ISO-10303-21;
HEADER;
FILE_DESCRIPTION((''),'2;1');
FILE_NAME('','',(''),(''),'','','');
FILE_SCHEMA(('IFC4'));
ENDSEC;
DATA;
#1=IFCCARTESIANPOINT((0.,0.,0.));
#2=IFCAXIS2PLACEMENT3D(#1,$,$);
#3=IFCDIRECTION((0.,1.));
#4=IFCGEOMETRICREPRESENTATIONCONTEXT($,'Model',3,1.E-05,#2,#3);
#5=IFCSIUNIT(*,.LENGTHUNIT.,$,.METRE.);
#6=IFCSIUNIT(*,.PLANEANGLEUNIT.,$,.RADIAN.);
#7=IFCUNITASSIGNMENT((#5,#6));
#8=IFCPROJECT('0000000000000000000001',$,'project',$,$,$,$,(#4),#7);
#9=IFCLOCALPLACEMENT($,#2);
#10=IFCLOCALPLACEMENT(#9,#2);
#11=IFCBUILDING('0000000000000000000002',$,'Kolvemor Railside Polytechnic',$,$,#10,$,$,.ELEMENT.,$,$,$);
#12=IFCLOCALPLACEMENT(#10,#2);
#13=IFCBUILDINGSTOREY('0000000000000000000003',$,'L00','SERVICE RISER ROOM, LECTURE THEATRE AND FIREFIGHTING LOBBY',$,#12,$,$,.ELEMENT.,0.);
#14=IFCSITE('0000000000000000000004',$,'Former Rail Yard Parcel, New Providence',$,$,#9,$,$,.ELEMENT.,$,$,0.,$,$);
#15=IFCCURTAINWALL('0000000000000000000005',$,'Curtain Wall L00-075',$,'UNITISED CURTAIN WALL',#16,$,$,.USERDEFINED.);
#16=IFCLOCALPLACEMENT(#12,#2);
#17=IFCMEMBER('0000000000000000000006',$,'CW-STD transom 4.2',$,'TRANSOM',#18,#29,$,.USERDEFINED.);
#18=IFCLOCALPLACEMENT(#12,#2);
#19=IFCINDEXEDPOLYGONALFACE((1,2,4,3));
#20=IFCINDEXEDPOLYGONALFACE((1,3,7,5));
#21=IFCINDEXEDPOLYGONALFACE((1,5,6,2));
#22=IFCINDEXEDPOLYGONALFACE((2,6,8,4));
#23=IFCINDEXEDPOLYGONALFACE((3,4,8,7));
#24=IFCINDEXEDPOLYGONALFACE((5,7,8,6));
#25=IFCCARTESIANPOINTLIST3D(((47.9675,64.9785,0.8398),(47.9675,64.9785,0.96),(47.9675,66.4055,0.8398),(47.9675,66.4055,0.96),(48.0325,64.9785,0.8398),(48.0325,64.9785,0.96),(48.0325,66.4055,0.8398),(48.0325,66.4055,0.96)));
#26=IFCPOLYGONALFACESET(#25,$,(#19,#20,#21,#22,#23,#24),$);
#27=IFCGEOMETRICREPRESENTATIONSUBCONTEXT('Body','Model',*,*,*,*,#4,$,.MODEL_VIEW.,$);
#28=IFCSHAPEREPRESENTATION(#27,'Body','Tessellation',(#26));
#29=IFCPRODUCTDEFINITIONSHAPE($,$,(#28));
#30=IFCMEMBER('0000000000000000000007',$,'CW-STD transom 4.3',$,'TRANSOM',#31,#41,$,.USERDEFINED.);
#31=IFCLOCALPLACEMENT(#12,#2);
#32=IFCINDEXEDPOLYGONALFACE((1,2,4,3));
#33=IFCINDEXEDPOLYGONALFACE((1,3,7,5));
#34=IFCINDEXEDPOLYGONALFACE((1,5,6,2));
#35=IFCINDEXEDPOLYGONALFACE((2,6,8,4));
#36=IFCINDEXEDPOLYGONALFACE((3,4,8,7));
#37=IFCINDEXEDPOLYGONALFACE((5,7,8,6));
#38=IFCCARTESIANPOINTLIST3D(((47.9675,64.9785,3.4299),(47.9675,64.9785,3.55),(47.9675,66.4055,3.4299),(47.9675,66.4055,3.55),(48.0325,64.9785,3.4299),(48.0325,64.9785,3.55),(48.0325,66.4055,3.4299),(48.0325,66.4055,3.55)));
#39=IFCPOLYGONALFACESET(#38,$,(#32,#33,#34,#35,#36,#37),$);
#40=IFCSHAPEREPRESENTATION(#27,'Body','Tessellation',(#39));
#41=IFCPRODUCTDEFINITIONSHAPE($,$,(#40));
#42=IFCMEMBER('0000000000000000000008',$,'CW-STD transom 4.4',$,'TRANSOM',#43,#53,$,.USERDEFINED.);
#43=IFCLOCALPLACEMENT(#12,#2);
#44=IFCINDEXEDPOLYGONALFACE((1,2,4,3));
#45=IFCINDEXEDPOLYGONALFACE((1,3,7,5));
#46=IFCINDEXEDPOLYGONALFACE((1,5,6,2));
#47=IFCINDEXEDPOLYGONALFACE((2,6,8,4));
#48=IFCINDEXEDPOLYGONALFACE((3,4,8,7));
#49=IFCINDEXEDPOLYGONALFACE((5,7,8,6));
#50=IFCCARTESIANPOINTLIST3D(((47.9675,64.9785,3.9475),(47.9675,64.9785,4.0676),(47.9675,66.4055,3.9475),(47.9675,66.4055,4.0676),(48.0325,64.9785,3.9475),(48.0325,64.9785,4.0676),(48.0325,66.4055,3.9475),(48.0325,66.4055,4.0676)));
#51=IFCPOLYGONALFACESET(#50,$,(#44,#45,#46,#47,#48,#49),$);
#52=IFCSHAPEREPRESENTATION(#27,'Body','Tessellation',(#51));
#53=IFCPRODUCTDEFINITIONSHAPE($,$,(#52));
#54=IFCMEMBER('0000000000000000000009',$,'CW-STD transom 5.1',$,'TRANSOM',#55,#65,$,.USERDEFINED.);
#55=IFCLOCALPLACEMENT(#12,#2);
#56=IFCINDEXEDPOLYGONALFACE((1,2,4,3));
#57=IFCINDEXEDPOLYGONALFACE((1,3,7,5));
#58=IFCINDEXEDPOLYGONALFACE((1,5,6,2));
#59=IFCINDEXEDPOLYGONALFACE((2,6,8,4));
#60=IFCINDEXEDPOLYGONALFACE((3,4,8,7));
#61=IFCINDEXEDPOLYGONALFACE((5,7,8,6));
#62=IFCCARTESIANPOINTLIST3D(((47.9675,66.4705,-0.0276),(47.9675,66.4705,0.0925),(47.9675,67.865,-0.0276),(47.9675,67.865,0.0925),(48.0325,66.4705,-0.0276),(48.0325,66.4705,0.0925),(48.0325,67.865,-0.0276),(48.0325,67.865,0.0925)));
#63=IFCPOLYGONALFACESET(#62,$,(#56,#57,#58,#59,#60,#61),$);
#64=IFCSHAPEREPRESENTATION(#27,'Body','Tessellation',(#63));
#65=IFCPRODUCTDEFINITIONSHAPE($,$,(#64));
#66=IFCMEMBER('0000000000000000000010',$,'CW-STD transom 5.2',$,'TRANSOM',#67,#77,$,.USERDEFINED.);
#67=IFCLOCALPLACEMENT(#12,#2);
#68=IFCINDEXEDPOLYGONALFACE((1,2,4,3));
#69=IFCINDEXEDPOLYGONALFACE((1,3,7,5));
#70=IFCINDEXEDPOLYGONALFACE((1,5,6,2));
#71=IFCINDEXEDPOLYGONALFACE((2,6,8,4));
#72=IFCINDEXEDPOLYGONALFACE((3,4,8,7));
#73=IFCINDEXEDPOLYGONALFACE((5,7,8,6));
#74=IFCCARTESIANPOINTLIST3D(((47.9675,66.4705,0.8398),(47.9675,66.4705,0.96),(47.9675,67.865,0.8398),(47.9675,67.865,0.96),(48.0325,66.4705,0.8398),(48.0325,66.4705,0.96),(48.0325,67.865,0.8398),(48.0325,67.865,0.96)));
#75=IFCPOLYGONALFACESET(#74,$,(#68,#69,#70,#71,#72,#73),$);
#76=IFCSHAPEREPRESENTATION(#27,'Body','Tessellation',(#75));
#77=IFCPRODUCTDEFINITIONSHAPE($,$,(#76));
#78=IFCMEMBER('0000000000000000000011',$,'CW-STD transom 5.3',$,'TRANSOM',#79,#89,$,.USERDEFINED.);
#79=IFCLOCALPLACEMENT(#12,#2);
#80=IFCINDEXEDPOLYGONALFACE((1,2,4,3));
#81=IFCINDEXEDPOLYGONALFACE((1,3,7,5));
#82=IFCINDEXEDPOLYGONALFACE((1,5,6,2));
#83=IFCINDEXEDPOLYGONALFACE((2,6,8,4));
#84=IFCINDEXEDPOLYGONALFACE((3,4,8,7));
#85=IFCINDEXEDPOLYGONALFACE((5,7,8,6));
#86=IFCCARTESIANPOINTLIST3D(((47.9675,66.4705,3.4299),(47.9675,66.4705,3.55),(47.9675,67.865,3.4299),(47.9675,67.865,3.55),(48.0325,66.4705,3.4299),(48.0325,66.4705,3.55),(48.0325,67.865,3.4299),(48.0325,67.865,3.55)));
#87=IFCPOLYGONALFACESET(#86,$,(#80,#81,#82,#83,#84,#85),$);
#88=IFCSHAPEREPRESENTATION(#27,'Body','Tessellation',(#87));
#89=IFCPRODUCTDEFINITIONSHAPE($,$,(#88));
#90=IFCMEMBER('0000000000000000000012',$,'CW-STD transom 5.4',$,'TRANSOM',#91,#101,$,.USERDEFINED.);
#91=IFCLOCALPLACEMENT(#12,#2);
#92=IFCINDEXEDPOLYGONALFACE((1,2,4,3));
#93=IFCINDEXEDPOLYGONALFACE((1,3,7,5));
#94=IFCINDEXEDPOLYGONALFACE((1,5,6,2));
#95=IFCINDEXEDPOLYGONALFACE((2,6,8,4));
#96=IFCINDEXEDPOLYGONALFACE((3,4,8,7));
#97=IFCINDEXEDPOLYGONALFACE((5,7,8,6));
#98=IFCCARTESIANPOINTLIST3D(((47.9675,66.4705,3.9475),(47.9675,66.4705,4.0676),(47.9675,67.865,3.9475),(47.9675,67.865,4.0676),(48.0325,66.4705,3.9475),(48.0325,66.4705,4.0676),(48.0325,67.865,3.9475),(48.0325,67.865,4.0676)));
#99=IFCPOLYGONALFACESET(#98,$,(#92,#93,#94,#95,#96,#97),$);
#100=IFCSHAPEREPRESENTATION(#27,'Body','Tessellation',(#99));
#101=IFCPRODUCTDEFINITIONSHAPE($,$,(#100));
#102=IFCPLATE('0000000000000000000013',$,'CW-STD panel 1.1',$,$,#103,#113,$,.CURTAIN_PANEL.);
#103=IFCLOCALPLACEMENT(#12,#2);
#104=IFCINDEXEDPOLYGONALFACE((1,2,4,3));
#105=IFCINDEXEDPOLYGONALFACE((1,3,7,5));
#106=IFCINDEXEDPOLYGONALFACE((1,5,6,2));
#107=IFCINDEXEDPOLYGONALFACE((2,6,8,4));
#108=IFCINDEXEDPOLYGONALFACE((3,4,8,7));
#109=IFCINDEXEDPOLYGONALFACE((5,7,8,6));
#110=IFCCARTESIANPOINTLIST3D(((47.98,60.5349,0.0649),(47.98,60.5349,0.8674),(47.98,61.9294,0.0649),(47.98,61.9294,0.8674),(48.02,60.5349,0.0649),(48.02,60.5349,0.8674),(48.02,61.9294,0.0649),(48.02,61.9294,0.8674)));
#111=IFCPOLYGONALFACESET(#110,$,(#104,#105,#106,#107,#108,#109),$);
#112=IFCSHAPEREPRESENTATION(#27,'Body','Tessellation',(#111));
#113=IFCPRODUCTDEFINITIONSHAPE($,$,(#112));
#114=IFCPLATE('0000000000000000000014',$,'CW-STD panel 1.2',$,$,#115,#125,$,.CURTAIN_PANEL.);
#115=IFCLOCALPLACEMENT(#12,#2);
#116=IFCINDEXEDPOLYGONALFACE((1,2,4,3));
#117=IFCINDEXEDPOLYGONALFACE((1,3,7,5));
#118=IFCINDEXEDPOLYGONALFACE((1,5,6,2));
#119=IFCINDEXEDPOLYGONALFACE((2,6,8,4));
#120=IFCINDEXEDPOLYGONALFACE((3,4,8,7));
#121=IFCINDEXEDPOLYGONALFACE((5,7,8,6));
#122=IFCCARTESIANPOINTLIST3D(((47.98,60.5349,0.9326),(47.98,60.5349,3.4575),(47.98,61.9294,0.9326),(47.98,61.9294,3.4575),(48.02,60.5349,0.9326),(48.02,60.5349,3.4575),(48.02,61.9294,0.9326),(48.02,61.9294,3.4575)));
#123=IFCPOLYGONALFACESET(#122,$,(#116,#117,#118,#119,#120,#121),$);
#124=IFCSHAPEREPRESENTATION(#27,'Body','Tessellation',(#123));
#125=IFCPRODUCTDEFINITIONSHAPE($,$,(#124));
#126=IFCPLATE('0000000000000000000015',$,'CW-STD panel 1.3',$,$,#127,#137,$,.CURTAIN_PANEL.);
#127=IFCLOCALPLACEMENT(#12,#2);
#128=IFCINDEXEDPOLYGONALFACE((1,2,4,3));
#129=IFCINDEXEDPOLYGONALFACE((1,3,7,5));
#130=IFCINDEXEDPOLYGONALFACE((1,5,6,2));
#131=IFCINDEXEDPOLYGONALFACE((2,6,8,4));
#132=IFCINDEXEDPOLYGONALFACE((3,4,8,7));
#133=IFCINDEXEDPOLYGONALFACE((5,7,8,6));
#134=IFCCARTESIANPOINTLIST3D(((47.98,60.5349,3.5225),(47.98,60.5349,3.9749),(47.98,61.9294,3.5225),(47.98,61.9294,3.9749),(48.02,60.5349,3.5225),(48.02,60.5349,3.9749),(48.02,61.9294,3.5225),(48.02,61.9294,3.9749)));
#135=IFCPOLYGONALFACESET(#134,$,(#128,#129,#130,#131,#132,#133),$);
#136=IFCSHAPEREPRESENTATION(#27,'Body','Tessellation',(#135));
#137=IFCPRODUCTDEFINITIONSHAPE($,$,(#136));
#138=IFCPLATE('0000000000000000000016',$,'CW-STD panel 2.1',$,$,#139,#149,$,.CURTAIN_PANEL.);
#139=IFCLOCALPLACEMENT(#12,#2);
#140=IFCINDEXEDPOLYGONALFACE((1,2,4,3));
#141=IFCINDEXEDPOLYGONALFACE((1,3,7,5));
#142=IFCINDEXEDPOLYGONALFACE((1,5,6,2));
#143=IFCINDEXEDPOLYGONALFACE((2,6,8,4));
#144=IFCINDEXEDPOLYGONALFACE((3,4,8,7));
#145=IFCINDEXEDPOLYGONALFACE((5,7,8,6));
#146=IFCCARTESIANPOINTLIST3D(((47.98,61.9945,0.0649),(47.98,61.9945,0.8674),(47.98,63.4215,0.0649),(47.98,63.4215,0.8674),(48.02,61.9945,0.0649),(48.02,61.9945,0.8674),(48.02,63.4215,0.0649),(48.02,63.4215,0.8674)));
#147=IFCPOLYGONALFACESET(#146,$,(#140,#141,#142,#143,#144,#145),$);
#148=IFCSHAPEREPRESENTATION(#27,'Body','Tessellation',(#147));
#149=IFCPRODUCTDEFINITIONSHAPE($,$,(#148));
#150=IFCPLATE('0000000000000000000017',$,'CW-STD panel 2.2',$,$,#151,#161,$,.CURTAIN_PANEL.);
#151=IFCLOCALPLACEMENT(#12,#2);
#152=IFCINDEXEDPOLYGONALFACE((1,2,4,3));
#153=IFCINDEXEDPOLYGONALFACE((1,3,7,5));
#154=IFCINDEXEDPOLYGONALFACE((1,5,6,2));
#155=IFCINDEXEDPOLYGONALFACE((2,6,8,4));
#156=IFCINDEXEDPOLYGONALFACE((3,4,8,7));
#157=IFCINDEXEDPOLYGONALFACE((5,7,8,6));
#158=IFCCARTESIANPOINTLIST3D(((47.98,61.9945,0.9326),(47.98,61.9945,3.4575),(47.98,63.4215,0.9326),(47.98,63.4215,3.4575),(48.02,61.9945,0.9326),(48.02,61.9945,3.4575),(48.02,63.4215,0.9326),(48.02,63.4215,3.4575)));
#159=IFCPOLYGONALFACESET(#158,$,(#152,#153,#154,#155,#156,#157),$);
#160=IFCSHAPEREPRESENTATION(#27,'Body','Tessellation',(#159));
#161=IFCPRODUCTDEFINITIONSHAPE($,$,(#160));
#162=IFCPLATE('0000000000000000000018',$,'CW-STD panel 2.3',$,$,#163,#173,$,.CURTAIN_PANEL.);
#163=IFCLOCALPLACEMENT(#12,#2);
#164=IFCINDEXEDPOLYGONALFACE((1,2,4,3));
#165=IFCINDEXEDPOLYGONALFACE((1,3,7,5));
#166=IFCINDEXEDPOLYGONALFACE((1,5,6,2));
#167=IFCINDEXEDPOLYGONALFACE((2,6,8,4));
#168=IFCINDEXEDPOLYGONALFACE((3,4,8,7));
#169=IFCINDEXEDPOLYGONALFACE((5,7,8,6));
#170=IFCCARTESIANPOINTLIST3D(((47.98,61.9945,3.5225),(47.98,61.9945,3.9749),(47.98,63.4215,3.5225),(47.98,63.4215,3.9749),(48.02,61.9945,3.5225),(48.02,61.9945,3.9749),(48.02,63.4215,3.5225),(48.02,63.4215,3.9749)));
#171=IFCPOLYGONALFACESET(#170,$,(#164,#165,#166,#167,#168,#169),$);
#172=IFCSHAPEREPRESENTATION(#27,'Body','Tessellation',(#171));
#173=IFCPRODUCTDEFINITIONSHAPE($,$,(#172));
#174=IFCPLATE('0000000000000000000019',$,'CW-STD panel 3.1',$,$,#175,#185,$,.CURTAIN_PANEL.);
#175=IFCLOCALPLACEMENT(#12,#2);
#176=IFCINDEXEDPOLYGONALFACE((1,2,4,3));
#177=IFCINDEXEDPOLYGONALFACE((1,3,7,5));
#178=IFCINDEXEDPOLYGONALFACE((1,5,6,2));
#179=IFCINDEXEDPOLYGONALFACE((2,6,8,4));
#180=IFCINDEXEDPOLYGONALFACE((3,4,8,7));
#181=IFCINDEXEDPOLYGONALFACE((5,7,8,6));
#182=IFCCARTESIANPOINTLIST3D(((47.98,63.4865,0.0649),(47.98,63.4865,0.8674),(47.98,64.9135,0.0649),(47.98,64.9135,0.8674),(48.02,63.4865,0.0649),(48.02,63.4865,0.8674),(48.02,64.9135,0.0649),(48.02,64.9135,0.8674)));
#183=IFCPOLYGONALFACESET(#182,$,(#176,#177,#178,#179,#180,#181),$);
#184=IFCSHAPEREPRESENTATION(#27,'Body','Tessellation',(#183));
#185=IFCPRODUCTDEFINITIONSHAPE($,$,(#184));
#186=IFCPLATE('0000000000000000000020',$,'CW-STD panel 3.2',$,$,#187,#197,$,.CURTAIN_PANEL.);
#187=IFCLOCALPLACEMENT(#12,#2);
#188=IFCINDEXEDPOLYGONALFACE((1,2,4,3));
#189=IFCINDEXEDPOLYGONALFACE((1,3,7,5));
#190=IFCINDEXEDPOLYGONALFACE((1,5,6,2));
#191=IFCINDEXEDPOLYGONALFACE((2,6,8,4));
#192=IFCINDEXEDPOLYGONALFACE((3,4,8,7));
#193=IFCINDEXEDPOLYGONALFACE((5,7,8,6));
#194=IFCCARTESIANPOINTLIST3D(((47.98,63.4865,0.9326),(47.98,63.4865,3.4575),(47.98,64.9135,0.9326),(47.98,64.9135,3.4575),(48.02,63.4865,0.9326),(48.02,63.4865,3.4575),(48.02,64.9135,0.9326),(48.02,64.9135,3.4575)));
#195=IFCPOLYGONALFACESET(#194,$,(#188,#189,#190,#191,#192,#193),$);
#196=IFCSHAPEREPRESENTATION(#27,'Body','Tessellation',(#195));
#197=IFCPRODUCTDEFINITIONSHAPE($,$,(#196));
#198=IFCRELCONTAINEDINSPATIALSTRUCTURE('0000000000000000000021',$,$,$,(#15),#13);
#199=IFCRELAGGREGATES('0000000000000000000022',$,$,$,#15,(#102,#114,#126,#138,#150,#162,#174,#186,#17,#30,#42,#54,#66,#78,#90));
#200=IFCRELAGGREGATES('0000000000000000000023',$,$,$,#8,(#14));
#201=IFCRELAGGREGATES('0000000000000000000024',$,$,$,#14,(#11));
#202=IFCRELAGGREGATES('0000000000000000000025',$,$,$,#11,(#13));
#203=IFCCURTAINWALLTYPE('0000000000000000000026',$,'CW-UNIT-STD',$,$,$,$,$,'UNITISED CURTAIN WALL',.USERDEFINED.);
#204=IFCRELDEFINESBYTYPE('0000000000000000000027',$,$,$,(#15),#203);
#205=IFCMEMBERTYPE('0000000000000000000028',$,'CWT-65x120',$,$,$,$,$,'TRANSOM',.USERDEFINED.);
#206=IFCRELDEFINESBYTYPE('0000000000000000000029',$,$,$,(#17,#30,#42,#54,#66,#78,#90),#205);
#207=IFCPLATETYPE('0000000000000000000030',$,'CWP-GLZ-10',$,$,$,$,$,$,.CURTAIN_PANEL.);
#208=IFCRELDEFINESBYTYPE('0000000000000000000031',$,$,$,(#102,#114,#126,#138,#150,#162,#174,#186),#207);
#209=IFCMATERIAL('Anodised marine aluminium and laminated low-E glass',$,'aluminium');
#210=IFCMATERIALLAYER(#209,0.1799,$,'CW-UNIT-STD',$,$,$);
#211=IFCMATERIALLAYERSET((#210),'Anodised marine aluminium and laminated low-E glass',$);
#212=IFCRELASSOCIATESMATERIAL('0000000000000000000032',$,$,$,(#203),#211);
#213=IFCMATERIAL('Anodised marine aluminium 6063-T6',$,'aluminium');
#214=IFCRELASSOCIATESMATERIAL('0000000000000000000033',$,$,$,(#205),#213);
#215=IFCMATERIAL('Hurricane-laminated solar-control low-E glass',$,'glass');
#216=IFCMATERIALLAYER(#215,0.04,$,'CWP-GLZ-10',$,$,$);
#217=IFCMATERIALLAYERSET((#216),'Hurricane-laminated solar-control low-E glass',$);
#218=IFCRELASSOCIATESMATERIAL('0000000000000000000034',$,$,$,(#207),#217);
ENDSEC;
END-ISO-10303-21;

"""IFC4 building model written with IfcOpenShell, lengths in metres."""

from ifc_helpers import new_model, si_unit, direction, frame, origin, origin_2d, place, context, subcontext, project, spatial, rectangle, extrude, material, layer, layer_set, material_profile, profile_set, type_object, element, aggregate, save


model = new_model("IFC4")

# Units and contexts
model_context = context("Model", 3, precision=1e-05, world=origin(), true_north=direction((0.0, 1.0)))
body_context = subcontext(model_context, "Body", "Model", "MODEL_VIEW")
ifc_project = project(units=[si_unit("LENGTHUNIT", "METRE"), si_unit("PLANEANGLEUNIT", "RADIAN")], contexts=[model_context])

# Site, building, storey
site_placement = place(None, origin())
site = spatial("IfcSite", under=ifc_project, at=site_placement, Name="Former Rail Yard Parcel, New Providence", CompositionType="ELEMENT", RefElevation=0.0)
building_placement = place(site_placement, origin())
building = spatial("IfcBuilding", under=site, at=building_placement, Name="Kolvemor Railside Polytechnic", CompositionType="ELEMENT")
storey_placement = place(building_placement, origin())
storey = spatial("IfcBuildingStorey", under=building, at=storey_placement, Name="L00", Description="SERVICE RISER ROOM, LECTURE THEATRE AND FIREFIGHTING LOBBY", CompositionType="ELEMENT", Elevation=0.0)

# Curtain wall, members, plates
ifc_material_1 = material(Name="Anodised marine aluminium and laminated low-E glass", Category="aluminium")
ifc_layer_1 = layer(ifc_material_1, 0.1799, Name="CW-UNIT-STD")
ifc_layer_set_1 = layer_set([ifc_layer_1], Name="Anodised marine aluminium and laminated low-E glass")
curtain_wall_type = type_object("IfcCurtainWallType", Name="CW-UNIT-STD", ElementType="UNITISED CURTAIN WALL", PredefinedType="USERDEFINED", material=ifc_layer_set_1)
curtain_wall_placement = place(storey_placement, origin())
curtain_wall = element("IfcCurtainWall", 1, at=curtain_wall_placement, inside=storey, type_object=curtain_wall_type, Name="Curtain Wall L00-075", ObjectType="UNITISED CURTAIN WALL", PredefinedType="USERDEFINED")
ifc_material_2 = material(Name="Anodised marine aluminium 6063-T6", Category="aluminium")
ifc_material_profile_1 = material_profile(ifc_material_2, rectangle(XDim=0.0649, YDim=0.1201, at=origin_2d()), Name="CW-TRN-65x120")
ifc_profile_set_1 = profile_set([ifc_material_profile_1], Name="Anodised marine aluminium 6063-T6")
member_type_1 = type_object("IfcMemberType", Name="CWT-65x120", ElementType="TRANSOM", PredefinedType="USERDEFINED", material=ifc_profile_set_1)
member_1_placement = place(storey_placement, frame((48.0, 64.9785, 0.8999), z_axis=(0.0, 1.0, 0.0), x_axis=(-1.0, 0.0, 0.0)))
member_1 = element("IfcMember", 2, at=member_1_placement, type_object=member_type_1, Name="CW-STD transom 4.2", ObjectType="TRANSOM", PredefinedType="USERDEFINED", context=body_context, shape_type="SweptSolid", body=[
    extrude(rectangle(XDim=0.0649, YDim=0.1201, at=origin_2d()), origin(), (0.0, 0.0, 1.0), 1.427),
])
member_2_placement = place(storey_placement, frame((48.0, 64.9785, 3.49), z_axis=(0.0, 1.0, 0.0), x_axis=(-1.0, 0.0, 0.0)))
member_2 = element("IfcMember", 3, at=member_2_placement, type_object=member_type_1, Name="CW-STD transom 4.3", ObjectType="TRANSOM", PredefinedType="USERDEFINED", context=body_context, shape_type="SweptSolid", body=[
    extrude(rectangle(XDim=0.0649, YDim=0.1201, at=origin_2d()), origin(), (0.0, 0.0, 1.0), 1.427),
])
member_3_placement = place(storey_placement, frame((48.0, 64.9785, 4.0076), z_axis=(0.0, 1.0, 0.0), x_axis=(-1.0, 0.0, 0.0)))
member_3 = element("IfcMember", 4, at=member_3_placement, type_object=member_type_1, Name="CW-STD transom 4.4", ObjectType="TRANSOM", PredefinedType="USERDEFINED", context=body_context, shape_type="SweptSolid", body=[
    extrude(rectangle(XDim=0.0649, YDim=0.1201, at=origin_2d()), origin(), (0.0, 0.0, 1.0), 1.427),
])
member_4_placement = place(storey_placement, frame((48.0, 66.4705, 0.0325), z_axis=(0.0, 1.0, 0.0), x_axis=(-1.0, 0.0, 0.0)))
member_4 = element("IfcMember", 5, at=member_4_placement, type_object=member_type_1, Name="CW-STD transom 5.1", ObjectType="TRANSOM", PredefinedType="USERDEFINED", context=body_context, shape_type="SweptSolid", body=[
    extrude(rectangle(XDim=0.0649, YDim=0.1201, at=origin_2d()), origin(), (0.0, 0.0, 1.0), 1.3945),
])
member_5_placement = place(storey_placement, frame((48.0, 66.4705, 0.8999), z_axis=(0.0, 1.0, 0.0), x_axis=(-1.0, 0.0, 0.0)))
member_5 = element("IfcMember", 6, at=member_5_placement, type_object=member_type_1, Name="CW-STD transom 5.2", ObjectType="TRANSOM", PredefinedType="USERDEFINED", context=body_context, shape_type="SweptSolid", body=[
    extrude(rectangle(XDim=0.0649, YDim=0.1201, at=origin_2d()), origin(), (0.0, 0.0, 1.0), 1.3945),
])
member_6_placement = place(storey_placement, frame((48.0, 66.4705, 3.49), z_axis=(0.0, 1.0, 0.0), x_axis=(-1.0, 0.0, 0.0)))
member_6 = element("IfcMember", 7, at=member_6_placement, type_object=member_type_1, Name="CW-STD transom 5.3", ObjectType="TRANSOM", PredefinedType="USERDEFINED", context=body_context, shape_type="SweptSolid", body=[
    extrude(rectangle(XDim=0.0649, YDim=0.1201, at=origin_2d()), origin(), (0.0, 0.0, 1.0), 1.3945),
])
member_7_placement = place(storey_placement, frame((48.0, 66.4705, 4.0076), z_axis=(0.0, 1.0, 0.0), x_axis=(-1.0, 0.0, 0.0)))
member_7 = element("IfcMember", 8, at=member_7_placement, type_object=member_type_1, Name="CW-STD transom 5.4", ObjectType="TRANSOM", PredefinedType="USERDEFINED", context=body_context, shape_type="SweptSolid", body=[
    extrude(rectangle(XDim=0.0649, YDim=0.1201, at=origin_2d()), origin(), (0.0, 0.0, 1.0), 1.3945),
])
ifc_material_3 = material(Name="Hurricane-laminated solar-control low-E glass", Category="glass")
ifc_layer_2 = layer(ifc_material_3, 0.04, Name="CWP-GLZ-10")
ifc_layer_set_2 = layer_set([ifc_layer_2], Name="Hurricane-laminated solar-control low-E glass")
plate_type = type_object("IfcPlateType", Name="CWP-GLZ-10", PredefinedType="CURTAIN_PANEL", material=ifc_layer_set_2)
plate_1_placement = place(storey_placement, frame((48.0, 61.2322, 0.0649), z_axis=(0.0, 0.0, 1.0), x_axis=(0.0, 1.0, 0.0)))
plate_1 = element("IfcPlate", 9, at=plate_1_placement, type_object=plate_type, Name="CW-STD panel 1.1", PredefinedType="CURTAIN_PANEL", context=body_context, shape_type="SweptSolid", body=[
    extrude(rectangle(XDim=1.3945, YDim=0.04, at=origin_2d()), origin(), (0.0, 0.0, 1.0), 0.8025),
])
plate_2_placement = place(storey_placement, frame((48.0, 61.2322, 0.9326), z_axis=(0.0, 0.0, 1.0), x_axis=(0.0, 1.0, 0.0)))
plate_2 = element("IfcPlate", 10, at=plate_2_placement, type_object=plate_type, Name="CW-STD panel 1.2", PredefinedType="CURTAIN_PANEL", context=body_context, shape_type="SweptSolid", body=[
    extrude(rectangle(XDim=1.3945, YDim=0.04, at=origin_2d()), origin(), (0.0, 0.0, 1.0), 2.5249),
])
plate_3_placement = place(storey_placement, frame((48.0, 61.2322, 3.5225), z_axis=(0.0, 0.0, 1.0), x_axis=(0.0, 1.0, 0.0)))
plate_3 = element("IfcPlate", 11, at=plate_3_placement, type_object=plate_type, Name="CW-STD panel 1.3", PredefinedType="CURTAIN_PANEL", context=body_context, shape_type="SweptSolid", body=[
    extrude(rectangle(XDim=1.3945, YDim=0.04, at=origin_2d()), origin(), (0.0, 0.0, 1.0), 0.4524),
])
plate_4_placement = place(storey_placement, frame((48.0, 62.708, 0.0649), z_axis=(0.0, 0.0, 1.0), x_axis=(0.0, 1.0, 0.0)))
plate_4 = element("IfcPlate", 12, at=plate_4_placement, type_object=plate_type, Name="CW-STD panel 2.1", PredefinedType="CURTAIN_PANEL", context=body_context, shape_type="SweptSolid", body=[
    extrude(rectangle(XDim=1.427, YDim=0.04, at=origin_2d()), origin(), (0.0, 0.0, 1.0), 0.8025),
])
plate_5_placement = place(storey_placement, frame((48.0, 62.708, 0.9326), z_axis=(0.0, 0.0, 1.0), x_axis=(0.0, 1.0, 0.0)))
plate_5 = element("IfcPlate", 13, at=plate_5_placement, type_object=plate_type, Name="CW-STD panel 2.2", PredefinedType="CURTAIN_PANEL", context=body_context, shape_type="SweptSolid", body=[
    extrude(rectangle(XDim=1.427, YDim=0.04, at=origin_2d()), origin(), (0.0, 0.0, 1.0), 2.5249),
])
plate_6_placement = place(storey_placement, frame((48.0, 62.708, 3.5225), z_axis=(0.0, 0.0, 1.0), x_axis=(0.0, 1.0, 0.0)))
plate_6 = element("IfcPlate", 14, at=plate_6_placement, type_object=plate_type, Name="CW-STD panel 2.3", PredefinedType="CURTAIN_PANEL", context=body_context, shape_type="SweptSolid", body=[
    extrude(rectangle(XDim=1.427, YDim=0.04, at=origin_2d()), origin(), (0.0, 0.0, 1.0), 0.4524),
])
plate_7_placement = place(storey_placement, frame((48.0, 64.2, 0.0649), z_axis=(0.0, 0.0, 1.0), x_axis=(0.0, 1.0, 0.0)))
plate_7 = element("IfcPlate", 15, at=plate_7_placement, type_object=plate_type, Name="CW-STD panel 3.1", PredefinedType="CURTAIN_PANEL", context=body_context, shape_type="SweptSolid", body=[
    extrude(rectangle(XDim=1.427, YDim=0.04, at=origin_2d()), origin(), (0.0, 0.0, 1.0), 0.8025),
])
plate_8_placement = place(storey_placement, frame((48.0, 64.2, 0.9326), z_axis=(0.0, 0.0, 1.0), x_axis=(0.0, 1.0, 0.0)))
plate_8 = element("IfcPlate", 16, at=plate_8_placement, type_object=plate_type, Name="CW-STD panel 3.2", PredefinedType="CURTAIN_PANEL", context=body_context, shape_type="SweptSolid", body=[
    extrude(rectangle(XDim=1.427, YDim=0.04, at=origin_2d()), origin(), (0.0, 0.0, 1.0), 2.5249),
])
aggregate(curtain_wall, [plate_1, plate_2, plate_3, plate_4, plate_5, plate_6, plate_7, plate_8, member_1, member_2, member_3, member_4, member_5, member_6, member_7])

save(model, "model.ifc")
